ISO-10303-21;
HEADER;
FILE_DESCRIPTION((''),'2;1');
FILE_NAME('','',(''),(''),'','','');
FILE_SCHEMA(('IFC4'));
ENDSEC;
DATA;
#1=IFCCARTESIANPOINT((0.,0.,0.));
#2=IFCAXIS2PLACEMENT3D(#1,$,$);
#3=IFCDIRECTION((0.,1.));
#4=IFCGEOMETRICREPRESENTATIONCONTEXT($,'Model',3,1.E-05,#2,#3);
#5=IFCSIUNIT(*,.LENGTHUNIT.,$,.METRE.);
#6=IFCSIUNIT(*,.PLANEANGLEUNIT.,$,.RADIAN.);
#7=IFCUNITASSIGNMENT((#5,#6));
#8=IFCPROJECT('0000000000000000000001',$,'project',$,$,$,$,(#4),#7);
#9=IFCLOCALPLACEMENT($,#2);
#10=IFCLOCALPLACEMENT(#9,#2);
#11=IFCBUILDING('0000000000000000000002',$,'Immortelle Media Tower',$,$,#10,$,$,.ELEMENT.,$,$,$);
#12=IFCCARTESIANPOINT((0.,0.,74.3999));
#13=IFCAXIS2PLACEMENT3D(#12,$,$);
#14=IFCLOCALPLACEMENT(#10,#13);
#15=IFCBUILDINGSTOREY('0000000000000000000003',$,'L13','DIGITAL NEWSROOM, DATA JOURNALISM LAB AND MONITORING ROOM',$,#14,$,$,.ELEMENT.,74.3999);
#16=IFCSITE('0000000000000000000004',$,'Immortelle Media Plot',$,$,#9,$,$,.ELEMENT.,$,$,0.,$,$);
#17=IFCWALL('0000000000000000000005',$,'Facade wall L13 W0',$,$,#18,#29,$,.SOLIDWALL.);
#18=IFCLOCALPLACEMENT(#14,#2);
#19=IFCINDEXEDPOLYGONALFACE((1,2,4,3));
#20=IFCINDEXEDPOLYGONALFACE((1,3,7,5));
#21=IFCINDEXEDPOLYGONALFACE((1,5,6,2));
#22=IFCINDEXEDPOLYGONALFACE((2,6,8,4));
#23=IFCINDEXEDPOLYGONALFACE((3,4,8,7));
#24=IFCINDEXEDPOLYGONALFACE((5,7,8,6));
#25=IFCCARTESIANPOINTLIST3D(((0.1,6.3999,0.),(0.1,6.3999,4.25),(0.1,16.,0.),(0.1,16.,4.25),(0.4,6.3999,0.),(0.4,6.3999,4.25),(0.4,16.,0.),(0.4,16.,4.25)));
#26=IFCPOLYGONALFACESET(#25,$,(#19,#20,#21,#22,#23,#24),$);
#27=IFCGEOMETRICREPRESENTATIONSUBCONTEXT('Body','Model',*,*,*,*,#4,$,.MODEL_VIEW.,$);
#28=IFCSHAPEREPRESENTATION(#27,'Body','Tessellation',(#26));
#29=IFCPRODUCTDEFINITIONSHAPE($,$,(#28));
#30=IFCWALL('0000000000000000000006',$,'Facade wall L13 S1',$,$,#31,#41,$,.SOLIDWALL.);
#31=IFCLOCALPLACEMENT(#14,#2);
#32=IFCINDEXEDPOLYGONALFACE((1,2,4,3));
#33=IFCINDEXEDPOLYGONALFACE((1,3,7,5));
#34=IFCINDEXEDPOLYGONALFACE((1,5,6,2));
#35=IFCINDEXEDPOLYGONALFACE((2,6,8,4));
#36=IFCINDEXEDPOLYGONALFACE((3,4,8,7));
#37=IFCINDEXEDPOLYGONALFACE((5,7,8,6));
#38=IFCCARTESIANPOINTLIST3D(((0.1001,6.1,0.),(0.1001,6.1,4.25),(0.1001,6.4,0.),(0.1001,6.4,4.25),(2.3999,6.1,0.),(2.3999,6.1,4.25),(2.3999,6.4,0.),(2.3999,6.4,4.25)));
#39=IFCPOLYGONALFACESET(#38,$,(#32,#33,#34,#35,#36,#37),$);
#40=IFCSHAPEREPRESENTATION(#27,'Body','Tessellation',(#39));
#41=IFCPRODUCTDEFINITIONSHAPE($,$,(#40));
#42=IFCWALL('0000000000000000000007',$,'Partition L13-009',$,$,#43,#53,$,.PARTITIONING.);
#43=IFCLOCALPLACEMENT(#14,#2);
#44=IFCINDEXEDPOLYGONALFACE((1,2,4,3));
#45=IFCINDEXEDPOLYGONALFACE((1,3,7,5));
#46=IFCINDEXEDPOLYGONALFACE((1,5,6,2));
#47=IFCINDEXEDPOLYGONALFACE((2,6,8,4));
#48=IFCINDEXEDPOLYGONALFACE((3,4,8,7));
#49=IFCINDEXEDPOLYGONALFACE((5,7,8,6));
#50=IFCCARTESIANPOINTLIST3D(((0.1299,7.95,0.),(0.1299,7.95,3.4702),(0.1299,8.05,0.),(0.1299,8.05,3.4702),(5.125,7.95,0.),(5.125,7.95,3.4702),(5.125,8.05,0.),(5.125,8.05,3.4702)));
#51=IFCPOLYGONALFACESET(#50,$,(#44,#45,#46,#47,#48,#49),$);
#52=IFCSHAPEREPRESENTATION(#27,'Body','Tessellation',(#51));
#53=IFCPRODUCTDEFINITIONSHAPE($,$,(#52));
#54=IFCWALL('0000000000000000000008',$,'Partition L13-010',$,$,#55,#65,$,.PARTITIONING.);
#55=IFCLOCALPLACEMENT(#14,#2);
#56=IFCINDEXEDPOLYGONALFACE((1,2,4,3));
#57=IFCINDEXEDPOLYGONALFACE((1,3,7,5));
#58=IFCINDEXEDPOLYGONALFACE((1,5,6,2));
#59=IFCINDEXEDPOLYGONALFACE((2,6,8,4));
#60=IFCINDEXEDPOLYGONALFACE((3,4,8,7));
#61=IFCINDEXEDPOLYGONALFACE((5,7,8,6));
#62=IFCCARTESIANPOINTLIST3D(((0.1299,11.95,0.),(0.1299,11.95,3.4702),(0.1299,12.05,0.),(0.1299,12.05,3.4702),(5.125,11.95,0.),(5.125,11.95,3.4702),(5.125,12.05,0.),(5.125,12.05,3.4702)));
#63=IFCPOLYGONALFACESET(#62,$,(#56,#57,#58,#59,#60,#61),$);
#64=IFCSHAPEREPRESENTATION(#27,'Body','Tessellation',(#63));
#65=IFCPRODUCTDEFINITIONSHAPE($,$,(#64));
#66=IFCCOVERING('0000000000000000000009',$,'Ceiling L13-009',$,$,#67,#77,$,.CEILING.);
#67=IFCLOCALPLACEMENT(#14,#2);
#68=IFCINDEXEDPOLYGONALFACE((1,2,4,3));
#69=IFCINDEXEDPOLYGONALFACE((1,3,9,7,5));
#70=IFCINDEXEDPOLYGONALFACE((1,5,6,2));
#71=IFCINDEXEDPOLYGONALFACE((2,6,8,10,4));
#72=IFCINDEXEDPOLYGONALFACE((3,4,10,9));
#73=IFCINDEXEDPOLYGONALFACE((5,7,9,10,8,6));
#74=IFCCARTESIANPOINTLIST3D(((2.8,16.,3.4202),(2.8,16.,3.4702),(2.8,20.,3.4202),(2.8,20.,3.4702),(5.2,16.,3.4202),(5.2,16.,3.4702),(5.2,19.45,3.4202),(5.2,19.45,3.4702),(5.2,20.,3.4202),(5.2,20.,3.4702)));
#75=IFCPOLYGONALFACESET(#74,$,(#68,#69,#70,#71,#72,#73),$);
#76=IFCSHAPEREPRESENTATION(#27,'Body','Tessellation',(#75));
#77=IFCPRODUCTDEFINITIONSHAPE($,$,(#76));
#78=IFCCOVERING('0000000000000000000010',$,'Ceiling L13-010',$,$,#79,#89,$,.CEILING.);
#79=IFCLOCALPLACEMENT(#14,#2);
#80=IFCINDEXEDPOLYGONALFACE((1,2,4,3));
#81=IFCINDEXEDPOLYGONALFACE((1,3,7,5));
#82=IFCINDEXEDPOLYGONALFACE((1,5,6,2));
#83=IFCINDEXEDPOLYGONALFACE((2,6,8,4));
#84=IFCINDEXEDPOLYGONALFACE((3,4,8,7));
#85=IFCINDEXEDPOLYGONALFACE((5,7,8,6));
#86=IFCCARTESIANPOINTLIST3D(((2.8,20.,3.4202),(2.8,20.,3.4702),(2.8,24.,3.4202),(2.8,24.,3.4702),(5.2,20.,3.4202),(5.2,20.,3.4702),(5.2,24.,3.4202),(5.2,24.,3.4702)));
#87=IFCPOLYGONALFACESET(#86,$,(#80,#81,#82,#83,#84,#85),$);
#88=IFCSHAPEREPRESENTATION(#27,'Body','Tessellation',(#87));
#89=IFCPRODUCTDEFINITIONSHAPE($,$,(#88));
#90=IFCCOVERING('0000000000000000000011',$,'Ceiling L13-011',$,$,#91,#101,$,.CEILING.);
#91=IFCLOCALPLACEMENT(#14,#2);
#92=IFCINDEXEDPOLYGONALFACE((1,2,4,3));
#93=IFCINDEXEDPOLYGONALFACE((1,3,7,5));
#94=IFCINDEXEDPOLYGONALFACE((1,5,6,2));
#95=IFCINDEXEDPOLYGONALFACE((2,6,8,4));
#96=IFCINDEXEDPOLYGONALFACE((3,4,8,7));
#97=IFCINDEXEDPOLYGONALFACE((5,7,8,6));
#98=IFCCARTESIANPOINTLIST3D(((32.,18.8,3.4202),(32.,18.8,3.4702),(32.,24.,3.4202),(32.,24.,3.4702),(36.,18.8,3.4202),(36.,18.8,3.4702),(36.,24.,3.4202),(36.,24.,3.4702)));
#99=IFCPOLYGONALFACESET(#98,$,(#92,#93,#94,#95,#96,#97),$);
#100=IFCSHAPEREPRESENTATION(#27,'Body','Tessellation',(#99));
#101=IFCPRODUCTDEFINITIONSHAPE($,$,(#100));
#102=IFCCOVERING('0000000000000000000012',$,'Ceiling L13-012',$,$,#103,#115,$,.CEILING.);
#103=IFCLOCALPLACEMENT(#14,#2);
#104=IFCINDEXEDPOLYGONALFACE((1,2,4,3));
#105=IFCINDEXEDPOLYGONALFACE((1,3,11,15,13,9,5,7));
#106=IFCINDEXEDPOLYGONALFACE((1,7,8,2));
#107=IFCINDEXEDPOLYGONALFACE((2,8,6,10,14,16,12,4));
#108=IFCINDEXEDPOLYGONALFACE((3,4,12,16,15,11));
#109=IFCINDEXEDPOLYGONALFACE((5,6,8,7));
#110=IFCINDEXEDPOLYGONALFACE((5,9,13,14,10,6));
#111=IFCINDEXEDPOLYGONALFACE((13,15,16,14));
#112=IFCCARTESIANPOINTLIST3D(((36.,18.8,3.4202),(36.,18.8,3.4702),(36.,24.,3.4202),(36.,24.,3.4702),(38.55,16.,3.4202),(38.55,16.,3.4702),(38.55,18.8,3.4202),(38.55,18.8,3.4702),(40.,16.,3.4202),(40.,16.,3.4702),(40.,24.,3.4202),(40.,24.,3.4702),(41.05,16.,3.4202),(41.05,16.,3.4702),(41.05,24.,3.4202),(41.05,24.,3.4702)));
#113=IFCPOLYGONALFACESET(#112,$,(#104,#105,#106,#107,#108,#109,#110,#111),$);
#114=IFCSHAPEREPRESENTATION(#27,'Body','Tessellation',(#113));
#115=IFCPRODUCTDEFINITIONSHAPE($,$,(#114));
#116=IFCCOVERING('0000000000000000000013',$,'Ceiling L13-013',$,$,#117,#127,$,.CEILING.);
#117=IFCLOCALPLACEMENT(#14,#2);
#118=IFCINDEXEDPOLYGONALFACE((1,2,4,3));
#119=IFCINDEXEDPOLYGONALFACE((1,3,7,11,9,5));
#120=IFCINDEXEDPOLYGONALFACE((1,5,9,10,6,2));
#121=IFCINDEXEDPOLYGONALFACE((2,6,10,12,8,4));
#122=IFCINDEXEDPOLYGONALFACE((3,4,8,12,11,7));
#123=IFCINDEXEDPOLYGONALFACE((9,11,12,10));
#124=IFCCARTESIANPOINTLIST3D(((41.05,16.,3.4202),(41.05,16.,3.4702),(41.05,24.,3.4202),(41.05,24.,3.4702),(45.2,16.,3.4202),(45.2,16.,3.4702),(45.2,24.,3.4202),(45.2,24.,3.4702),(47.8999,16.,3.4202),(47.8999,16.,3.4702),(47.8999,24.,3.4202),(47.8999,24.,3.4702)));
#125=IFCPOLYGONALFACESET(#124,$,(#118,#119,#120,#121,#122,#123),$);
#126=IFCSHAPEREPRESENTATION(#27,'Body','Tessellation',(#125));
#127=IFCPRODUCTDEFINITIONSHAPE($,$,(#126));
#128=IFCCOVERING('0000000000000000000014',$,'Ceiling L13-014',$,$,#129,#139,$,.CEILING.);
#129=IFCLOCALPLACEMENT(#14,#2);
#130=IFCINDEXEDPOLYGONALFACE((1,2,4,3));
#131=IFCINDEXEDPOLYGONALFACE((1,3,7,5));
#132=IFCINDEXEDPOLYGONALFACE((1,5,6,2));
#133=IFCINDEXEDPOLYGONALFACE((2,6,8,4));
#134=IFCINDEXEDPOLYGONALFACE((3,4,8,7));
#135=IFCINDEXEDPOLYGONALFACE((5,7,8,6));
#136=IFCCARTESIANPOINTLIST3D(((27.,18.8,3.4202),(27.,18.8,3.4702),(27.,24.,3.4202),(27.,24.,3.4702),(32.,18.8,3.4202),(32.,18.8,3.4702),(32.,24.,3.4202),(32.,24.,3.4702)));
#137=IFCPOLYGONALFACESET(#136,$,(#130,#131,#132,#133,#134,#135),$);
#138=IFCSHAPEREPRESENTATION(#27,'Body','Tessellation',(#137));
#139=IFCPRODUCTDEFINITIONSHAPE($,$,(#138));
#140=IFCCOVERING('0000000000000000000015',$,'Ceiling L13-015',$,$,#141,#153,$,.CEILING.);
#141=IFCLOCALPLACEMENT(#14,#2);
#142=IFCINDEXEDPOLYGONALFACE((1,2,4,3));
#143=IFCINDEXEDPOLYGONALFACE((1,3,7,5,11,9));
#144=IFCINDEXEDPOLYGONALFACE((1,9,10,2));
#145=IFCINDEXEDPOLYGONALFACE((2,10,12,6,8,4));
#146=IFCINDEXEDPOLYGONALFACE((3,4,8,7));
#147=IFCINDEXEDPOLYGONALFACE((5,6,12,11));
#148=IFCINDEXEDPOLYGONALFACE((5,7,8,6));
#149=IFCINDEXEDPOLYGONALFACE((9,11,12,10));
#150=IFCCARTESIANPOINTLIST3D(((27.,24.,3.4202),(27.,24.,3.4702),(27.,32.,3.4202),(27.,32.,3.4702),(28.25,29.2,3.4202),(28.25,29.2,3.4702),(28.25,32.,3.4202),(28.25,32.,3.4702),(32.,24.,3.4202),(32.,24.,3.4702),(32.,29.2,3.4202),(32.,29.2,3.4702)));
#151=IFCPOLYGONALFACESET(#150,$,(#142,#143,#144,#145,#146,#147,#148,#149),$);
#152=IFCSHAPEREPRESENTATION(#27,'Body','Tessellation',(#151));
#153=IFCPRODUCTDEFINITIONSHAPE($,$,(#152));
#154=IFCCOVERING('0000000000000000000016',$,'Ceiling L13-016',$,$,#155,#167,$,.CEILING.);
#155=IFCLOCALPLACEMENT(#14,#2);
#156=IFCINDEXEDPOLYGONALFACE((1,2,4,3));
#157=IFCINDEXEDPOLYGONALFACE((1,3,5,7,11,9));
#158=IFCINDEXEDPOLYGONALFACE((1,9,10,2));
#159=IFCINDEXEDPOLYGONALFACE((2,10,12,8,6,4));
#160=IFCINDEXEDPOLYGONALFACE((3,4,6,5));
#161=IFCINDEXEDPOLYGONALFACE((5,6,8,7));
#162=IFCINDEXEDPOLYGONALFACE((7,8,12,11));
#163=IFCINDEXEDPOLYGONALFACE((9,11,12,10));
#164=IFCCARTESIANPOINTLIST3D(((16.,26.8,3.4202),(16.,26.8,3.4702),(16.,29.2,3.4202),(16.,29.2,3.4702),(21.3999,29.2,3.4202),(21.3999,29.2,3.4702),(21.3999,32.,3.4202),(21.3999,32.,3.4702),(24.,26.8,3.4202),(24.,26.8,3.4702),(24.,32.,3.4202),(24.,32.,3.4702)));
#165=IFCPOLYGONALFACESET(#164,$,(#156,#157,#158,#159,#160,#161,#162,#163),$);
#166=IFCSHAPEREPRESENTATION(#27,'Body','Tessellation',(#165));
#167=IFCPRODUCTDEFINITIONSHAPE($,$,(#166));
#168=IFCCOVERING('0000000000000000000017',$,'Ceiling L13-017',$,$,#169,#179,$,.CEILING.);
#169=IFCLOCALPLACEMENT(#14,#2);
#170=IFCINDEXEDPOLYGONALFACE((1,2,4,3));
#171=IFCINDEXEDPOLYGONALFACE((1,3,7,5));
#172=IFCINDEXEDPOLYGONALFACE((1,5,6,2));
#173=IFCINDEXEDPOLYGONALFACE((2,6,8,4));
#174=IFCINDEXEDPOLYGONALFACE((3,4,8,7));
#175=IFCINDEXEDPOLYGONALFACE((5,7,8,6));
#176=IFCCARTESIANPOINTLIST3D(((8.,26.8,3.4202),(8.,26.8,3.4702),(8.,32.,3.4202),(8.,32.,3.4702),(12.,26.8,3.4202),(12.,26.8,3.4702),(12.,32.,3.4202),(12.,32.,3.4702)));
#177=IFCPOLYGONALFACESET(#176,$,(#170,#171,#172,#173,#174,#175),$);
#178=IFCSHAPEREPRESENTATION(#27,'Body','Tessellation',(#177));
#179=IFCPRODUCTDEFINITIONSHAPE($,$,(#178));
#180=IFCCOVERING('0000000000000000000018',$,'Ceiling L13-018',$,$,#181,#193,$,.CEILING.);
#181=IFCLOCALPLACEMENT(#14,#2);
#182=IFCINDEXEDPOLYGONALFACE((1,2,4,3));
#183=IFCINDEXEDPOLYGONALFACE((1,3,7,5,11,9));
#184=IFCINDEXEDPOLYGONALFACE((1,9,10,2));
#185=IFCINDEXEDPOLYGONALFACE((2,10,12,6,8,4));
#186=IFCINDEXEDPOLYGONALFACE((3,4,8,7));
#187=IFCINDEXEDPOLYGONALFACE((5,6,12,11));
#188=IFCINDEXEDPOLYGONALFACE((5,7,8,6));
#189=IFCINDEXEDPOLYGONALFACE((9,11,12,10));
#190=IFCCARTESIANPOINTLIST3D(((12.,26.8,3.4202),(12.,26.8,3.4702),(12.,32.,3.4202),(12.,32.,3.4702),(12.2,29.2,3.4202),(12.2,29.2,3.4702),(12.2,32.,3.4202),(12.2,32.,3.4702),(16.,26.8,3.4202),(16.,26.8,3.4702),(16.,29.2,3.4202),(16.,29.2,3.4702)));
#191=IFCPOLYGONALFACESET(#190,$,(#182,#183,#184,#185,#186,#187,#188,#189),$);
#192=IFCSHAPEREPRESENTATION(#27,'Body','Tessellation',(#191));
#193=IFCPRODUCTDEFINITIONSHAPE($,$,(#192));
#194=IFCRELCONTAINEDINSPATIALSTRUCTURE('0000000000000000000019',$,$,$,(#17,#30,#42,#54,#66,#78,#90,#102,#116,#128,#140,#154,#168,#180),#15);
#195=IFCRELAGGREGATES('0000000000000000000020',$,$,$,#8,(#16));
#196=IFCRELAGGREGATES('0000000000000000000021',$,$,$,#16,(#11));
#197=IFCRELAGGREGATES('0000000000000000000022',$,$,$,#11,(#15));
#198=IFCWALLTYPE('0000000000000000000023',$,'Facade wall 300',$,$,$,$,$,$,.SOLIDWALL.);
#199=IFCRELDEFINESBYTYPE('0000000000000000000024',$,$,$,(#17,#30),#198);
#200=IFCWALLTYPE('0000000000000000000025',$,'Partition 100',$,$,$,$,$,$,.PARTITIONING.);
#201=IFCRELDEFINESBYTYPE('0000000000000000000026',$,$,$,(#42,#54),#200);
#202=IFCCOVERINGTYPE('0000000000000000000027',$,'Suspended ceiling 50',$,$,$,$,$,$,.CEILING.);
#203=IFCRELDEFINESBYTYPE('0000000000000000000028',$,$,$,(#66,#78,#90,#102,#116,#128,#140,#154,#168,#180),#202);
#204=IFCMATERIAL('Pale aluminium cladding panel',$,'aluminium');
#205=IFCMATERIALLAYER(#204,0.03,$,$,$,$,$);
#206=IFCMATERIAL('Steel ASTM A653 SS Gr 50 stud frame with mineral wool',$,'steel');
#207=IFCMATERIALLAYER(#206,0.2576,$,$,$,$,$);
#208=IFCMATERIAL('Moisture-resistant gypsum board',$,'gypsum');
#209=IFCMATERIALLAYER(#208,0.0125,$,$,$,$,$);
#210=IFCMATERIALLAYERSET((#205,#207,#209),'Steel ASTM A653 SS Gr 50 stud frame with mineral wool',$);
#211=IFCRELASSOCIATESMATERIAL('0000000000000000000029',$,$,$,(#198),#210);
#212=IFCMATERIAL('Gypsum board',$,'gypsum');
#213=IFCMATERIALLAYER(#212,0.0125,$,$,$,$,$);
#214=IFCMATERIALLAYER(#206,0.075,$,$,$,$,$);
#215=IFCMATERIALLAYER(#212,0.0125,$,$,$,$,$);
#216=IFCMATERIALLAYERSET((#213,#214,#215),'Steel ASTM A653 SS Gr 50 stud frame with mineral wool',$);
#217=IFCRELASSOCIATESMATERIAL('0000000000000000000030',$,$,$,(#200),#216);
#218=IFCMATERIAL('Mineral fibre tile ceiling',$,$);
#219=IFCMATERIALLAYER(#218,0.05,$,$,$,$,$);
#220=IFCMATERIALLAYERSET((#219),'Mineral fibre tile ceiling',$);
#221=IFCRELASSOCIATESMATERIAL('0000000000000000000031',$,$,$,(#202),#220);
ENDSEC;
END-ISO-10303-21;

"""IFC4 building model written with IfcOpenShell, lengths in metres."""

from ifc_helpers import new_model, si_unit, direction, frame, frame_2d, origin, place, context, subcontext, project, spatial, polyline, rectangle, outline, extrude, material, layer, layer_set, type_object, element, save


model = new_model("IFC4")

# Units and contexts
model_context = context("Model", 3, precision=1e-05, world=origin(), true_north=direction((0.0, 1.0)))
body_context = subcontext(model_context, "Body", "Model", "MODEL_VIEW")
ifc_project = project(units=[si_unit("LENGTHUNIT", "METRE"), si_unit("PLANEANGLEUNIT", "RADIAN")], contexts=[model_context])

# Site, building, storey
site_placement = place(None, origin())
site = spatial("IfcSite", under=ifc_project, at=site_placement, Name="Immortelle Media Plot", CompositionType="ELEMENT", RefElevation=0.0)
building_placement = place(site_placement, origin())
building = spatial("IfcBuilding", under=site, at=building_placement, Name="Immortelle Media Tower", CompositionType="ELEMENT")
storey_placement = place(building_placement, frame((0.0, 0.0, 74.3999)))
storey = spatial("IfcBuildingStorey", under=building, at=storey_placement, Name="L13", Description="DIGITAL NEWSROOM, DATA JOURNALISM LAB AND MONITORING ROOM", CompositionType="ELEMENT", Elevation=74.3999)

# Walls
ifc_material_1 = material(Name="Pale aluminium cladding panel", Category="aluminium")
ifc_layer_1 = layer(ifc_material_1, 0.03)
ifc_material_2 = material(Name="Steel ASTM A653 SS Gr 50 stud frame with mineral wool", Category="steel")
ifc_layer_2 = layer(ifc_material_2, 0.2576)
ifc_material_3 = material(Name="Moisture-resistant gypsum board", Category="gypsum")
ifc_layer_3 = layer(ifc_material_3, 0.0125)
ifc_layer_set_1 = layer_set([ifc_layer_1, ifc_layer_2, ifc_layer_3], Name="Steel ASTM A653 SS Gr 50 stud frame with mineral wool")
wall_type_1 = type_object("IfcWallType", Name="Facade wall 300", PredefinedType="SOLIDWALL", material=ifc_layer_set_1)
wall_1_placement = place(storey_placement, frame((0.25, 16.0, 0.0), z_axis=(0.0, 0.0, 1.0), x_axis=(0.0, -1.0, 0.0)))
element("IfcWall", 1, at=wall_1_placement, inside=storey, type_object=wall_type_1, Name="Facade wall L13 W0", PredefinedType="SOLIDWALL", context=body_context, shape_type="SweptSolid", body=[
    extrude(rectangle(XDim=9.6001, YDim=0.3, at=frame_2d((4.8, 0.0))), origin(), (0.0, 0.0, 1.0), 4.25),
])
wall_2_placement = place(storey_placement, frame((0.1001, 6.25, 0.0), z_axis=(0.0, 0.0, 1.0), x_axis=(1.0, 0.0, 0.0)))
element("IfcWall", 2, at=wall_2_placement, inside=storey, type_object=wall_type_1, Name="Facade wall L13 S1", PredefinedType="SOLIDWALL", context=body_context, shape_type="SweptSolid", body=[
    extrude(rectangle(XDim=2.2998, YDim=0.3, at=frame_2d((1.1499, 0.0))), origin(), (0.0, 0.0, 1.0), 4.25),
])
ifc_material_4 = material(Name="Gypsum board", Category="gypsum")
ifc_layer_4 = layer(ifc_material_4, 0.0125)
ifc_layer_5 = layer(ifc_material_2, 0.075)
ifc_layer_6 = layer(ifc_material_4, 0.0125)
ifc_layer_set_2 = layer_set([ifc_layer_4, ifc_layer_5, ifc_layer_6], Name="Steel ASTM A653 SS Gr 50 stud frame with mineral wool")
wall_type_2 = type_object("IfcWallType", Name="Partition 100", PredefinedType="PARTITIONING", material=ifc_layer_set_2)
for number, where, z_axis, x_axis, name in (
    (3, (0.1299, 8.0, 0.0), (0.0, 0.0, 1.0), (1.0, 0.0, 0.0), "Partition L13-009"),
    (4, (0.1299, 12.0, 0.0), (0.0, 0.0, 1.0), (1.0, 0.0, 0.0), "Partition L13-010"),
):
    element("IfcWall", number, at=place(storey_placement, frame(where, z_axis=z_axis, x_axis=x_axis)), inside=storey, type_object=wall_type_2, Name=name, PredefinedType="PARTITIONING", context=body_context, shape_type="SweptSolid", body=[
        extrude(rectangle(XDim=4.9951, YDim=0.1001, at=frame_2d((2.4976, 0.0))), origin(), (0.0, 0.0, 1.0), 3.4702),
    ])

# Coverings
ifc_material_5 = material(Name="Mineral fibre tile ceiling")
ifc_layer_7 = layer(ifc_material_5, 0.05)
ifc_layer_set_3 = layer_set([ifc_layer_7], Name="Mineral fibre tile ceiling")
covering_type = type_object("IfcCoveringType", Name="Suspended ceiling 50", PredefinedType="CEILING", material=ifc_layer_set_3)
covering_1_placement = place(storey_placement, frame((0.0, 0.0, 3.4202)))
element("IfcCovering", 5, at=covering_1_placement, inside=storey, type_object=covering_type, Name="Ceiling L13-009", PredefinedType="CEILING", context=body_context, shape_type="SweptSolid", body=[
    extrude(outline(polyline([(5.2, 16.0), (2.8, 16.0), (2.8, 20.0), (5.2, 20.0), (5.2, 19.45), (5.2, 16.0)])), origin(), (0.0, 0.0, 1.0), 0.05),
])
covering_2_placement = place(storey_placement, frame((0.0, 0.0, 3.4202)))
element("IfcCovering", 6, at=covering_2_placement, inside=storey, type_object=covering_type, Name="Ceiling L13-010", PredefinedType="CEILING", context=body_context, shape_type="SweptSolid", body=[
    extrude(outline(polyline([(2.8, 24.0), (5.2, 24.0), (5.2, 20.0), (2.8, 20.0), (2.8, 24.0)])), origin(), (0.0, 0.0, 1.0), 0.05),
])
covering_3_placement = place(storey_placement, frame((0.0, 0.0, 3.4202)))
element("IfcCovering", 7, at=covering_3_placement, inside=storey, type_object=covering_type, Name="Ceiling L13-011", PredefinedType="CEILING", context=body_context, shape_type="SweptSolid", body=[
    extrude(outline(polyline([(32.0, 18.8), (32.0, 24.0), (36.0, 24.0), (36.0, 18.8), (32.0, 18.8)])), origin(), (0.0, 0.0, 1.0), 0.05),
])
covering_4_placement = place(storey_placement, frame((0.0, 0.0, 3.4202)))
element("IfcCovering", 8, at=covering_4_placement, inside=storey, type_object=covering_type, Name="Ceiling L13-012", PredefinedType="CEILING", context=body_context, shape_type="SweptSolid", body=[
    extrude(outline(polyline([(36.0, 18.8), (36.0, 24.0), (40.0, 24.0), (41.05, 24.0), (41.05, 16.0), (40.0, 16.0), (38.55, 16.0), (38.55, 18.8), (36.0, 18.8)])), origin(), (0.0, 0.0, 1.0), 0.05),
])
covering_5_placement = place(storey_placement, frame((0.0, 0.0, 3.4202)))
element("IfcCovering", 9, at=covering_5_placement, inside=storey, type_object=covering_type, Name="Ceiling L13-013", PredefinedType="CEILING", context=body_context, shape_type="SweptSolid", body=[
    extrude(outline(polyline([(45.2, 24.0), (47.8999, 24.0), (47.8999, 16.0), (45.2, 16.0), (41.05, 16.0), (41.05, 24.0), (45.2, 24.0)])), origin(), (0.0, 0.0, 1.0), 0.05),
])
covering_6_placement = place(storey_placement, frame((0.0, 0.0, 3.4202)))
element("IfcCovering", 10, at=covering_6_placement, inside=storey, type_object=covering_type, Name="Ceiling L13-014", PredefinedType="CEILING", context=body_context, shape_type="SweptSolid", body=[
    extrude(outline(polyline([(32.0, 18.8), (27.0, 18.8), (27.0, 24.0), (32.0, 24.0), (32.0, 18.8)])), origin(), (0.0, 0.0, 1.0), 0.05),
])
covering_7_placement = place(storey_placement, frame((0.0, 0.0, 3.4202)))
element("IfcCovering", 11, at=covering_7_placement, inside=storey, type_object=covering_type, Name="Ceiling L13-015", PredefinedType="CEILING", context=body_context, shape_type="SweptSolid", body=[
    extrude(outline(polyline([(27.0, 24.0), (27.0, 32.0), (28.25, 32.0), (28.25, 29.2), (32.0, 29.2), (32.0, 24.0), (27.0, 24.0)])), origin(), (0.0, 0.0, 1.0), 0.05),
])
covering_8_placement = place(storey_placement, frame((0.0, 0.0, 3.4202)))
element("IfcCovering", 12, at=covering_8_placement, inside=storey, type_object=covering_type, Name="Ceiling L13-016", PredefinedType="CEILING", context=body_context, shape_type="SweptSolid", body=[
    extrude(outline(polyline([(16.0, 26.8), (16.0, 29.2), (21.3999, 29.2), (21.3999, 32.0), (24.0, 32.0), (24.0, 26.8), (16.0, 26.8)])), origin(), (0.0, 0.0, 1.0), 0.05),
])
covering_9_placement = place(storey_placement, frame((0.0, 0.0, 3.4202)))
element("IfcCovering", 13, at=covering_9_placement, inside=storey, type_object=covering_type, Name="Ceiling L13-017", PredefinedType="CEILING", context=body_context, shape_type="SweptSolid", body=[
    extrude(outline(polyline([(8.0, 32.0), (12.0, 32.0), (12.0, 26.8), (8.0, 26.8), (8.0, 32.0)])), origin(), (0.0, 0.0, 1.0), 0.05),
])
covering_10_placement = place(storey_placement, frame((0.0, 0.0, 3.4202)))
element("IfcCovering", 14, at=covering_10_placement, inside=storey, type_object=covering_type, Name="Ceiling L13-018", PredefinedType="CEILING", context=body_context, shape_type="SweptSolid", body=[
    extrude(outline(polyline([(12.2, 32.0), (12.2, 29.2), (16.0, 29.2), (16.0, 26.8), (12.0, 26.8), (12.0, 32.0), (12.2, 32.0)])), origin(), (0.0, 0.0, 1.0), 0.05),
])

save(model, "model.ifc")
